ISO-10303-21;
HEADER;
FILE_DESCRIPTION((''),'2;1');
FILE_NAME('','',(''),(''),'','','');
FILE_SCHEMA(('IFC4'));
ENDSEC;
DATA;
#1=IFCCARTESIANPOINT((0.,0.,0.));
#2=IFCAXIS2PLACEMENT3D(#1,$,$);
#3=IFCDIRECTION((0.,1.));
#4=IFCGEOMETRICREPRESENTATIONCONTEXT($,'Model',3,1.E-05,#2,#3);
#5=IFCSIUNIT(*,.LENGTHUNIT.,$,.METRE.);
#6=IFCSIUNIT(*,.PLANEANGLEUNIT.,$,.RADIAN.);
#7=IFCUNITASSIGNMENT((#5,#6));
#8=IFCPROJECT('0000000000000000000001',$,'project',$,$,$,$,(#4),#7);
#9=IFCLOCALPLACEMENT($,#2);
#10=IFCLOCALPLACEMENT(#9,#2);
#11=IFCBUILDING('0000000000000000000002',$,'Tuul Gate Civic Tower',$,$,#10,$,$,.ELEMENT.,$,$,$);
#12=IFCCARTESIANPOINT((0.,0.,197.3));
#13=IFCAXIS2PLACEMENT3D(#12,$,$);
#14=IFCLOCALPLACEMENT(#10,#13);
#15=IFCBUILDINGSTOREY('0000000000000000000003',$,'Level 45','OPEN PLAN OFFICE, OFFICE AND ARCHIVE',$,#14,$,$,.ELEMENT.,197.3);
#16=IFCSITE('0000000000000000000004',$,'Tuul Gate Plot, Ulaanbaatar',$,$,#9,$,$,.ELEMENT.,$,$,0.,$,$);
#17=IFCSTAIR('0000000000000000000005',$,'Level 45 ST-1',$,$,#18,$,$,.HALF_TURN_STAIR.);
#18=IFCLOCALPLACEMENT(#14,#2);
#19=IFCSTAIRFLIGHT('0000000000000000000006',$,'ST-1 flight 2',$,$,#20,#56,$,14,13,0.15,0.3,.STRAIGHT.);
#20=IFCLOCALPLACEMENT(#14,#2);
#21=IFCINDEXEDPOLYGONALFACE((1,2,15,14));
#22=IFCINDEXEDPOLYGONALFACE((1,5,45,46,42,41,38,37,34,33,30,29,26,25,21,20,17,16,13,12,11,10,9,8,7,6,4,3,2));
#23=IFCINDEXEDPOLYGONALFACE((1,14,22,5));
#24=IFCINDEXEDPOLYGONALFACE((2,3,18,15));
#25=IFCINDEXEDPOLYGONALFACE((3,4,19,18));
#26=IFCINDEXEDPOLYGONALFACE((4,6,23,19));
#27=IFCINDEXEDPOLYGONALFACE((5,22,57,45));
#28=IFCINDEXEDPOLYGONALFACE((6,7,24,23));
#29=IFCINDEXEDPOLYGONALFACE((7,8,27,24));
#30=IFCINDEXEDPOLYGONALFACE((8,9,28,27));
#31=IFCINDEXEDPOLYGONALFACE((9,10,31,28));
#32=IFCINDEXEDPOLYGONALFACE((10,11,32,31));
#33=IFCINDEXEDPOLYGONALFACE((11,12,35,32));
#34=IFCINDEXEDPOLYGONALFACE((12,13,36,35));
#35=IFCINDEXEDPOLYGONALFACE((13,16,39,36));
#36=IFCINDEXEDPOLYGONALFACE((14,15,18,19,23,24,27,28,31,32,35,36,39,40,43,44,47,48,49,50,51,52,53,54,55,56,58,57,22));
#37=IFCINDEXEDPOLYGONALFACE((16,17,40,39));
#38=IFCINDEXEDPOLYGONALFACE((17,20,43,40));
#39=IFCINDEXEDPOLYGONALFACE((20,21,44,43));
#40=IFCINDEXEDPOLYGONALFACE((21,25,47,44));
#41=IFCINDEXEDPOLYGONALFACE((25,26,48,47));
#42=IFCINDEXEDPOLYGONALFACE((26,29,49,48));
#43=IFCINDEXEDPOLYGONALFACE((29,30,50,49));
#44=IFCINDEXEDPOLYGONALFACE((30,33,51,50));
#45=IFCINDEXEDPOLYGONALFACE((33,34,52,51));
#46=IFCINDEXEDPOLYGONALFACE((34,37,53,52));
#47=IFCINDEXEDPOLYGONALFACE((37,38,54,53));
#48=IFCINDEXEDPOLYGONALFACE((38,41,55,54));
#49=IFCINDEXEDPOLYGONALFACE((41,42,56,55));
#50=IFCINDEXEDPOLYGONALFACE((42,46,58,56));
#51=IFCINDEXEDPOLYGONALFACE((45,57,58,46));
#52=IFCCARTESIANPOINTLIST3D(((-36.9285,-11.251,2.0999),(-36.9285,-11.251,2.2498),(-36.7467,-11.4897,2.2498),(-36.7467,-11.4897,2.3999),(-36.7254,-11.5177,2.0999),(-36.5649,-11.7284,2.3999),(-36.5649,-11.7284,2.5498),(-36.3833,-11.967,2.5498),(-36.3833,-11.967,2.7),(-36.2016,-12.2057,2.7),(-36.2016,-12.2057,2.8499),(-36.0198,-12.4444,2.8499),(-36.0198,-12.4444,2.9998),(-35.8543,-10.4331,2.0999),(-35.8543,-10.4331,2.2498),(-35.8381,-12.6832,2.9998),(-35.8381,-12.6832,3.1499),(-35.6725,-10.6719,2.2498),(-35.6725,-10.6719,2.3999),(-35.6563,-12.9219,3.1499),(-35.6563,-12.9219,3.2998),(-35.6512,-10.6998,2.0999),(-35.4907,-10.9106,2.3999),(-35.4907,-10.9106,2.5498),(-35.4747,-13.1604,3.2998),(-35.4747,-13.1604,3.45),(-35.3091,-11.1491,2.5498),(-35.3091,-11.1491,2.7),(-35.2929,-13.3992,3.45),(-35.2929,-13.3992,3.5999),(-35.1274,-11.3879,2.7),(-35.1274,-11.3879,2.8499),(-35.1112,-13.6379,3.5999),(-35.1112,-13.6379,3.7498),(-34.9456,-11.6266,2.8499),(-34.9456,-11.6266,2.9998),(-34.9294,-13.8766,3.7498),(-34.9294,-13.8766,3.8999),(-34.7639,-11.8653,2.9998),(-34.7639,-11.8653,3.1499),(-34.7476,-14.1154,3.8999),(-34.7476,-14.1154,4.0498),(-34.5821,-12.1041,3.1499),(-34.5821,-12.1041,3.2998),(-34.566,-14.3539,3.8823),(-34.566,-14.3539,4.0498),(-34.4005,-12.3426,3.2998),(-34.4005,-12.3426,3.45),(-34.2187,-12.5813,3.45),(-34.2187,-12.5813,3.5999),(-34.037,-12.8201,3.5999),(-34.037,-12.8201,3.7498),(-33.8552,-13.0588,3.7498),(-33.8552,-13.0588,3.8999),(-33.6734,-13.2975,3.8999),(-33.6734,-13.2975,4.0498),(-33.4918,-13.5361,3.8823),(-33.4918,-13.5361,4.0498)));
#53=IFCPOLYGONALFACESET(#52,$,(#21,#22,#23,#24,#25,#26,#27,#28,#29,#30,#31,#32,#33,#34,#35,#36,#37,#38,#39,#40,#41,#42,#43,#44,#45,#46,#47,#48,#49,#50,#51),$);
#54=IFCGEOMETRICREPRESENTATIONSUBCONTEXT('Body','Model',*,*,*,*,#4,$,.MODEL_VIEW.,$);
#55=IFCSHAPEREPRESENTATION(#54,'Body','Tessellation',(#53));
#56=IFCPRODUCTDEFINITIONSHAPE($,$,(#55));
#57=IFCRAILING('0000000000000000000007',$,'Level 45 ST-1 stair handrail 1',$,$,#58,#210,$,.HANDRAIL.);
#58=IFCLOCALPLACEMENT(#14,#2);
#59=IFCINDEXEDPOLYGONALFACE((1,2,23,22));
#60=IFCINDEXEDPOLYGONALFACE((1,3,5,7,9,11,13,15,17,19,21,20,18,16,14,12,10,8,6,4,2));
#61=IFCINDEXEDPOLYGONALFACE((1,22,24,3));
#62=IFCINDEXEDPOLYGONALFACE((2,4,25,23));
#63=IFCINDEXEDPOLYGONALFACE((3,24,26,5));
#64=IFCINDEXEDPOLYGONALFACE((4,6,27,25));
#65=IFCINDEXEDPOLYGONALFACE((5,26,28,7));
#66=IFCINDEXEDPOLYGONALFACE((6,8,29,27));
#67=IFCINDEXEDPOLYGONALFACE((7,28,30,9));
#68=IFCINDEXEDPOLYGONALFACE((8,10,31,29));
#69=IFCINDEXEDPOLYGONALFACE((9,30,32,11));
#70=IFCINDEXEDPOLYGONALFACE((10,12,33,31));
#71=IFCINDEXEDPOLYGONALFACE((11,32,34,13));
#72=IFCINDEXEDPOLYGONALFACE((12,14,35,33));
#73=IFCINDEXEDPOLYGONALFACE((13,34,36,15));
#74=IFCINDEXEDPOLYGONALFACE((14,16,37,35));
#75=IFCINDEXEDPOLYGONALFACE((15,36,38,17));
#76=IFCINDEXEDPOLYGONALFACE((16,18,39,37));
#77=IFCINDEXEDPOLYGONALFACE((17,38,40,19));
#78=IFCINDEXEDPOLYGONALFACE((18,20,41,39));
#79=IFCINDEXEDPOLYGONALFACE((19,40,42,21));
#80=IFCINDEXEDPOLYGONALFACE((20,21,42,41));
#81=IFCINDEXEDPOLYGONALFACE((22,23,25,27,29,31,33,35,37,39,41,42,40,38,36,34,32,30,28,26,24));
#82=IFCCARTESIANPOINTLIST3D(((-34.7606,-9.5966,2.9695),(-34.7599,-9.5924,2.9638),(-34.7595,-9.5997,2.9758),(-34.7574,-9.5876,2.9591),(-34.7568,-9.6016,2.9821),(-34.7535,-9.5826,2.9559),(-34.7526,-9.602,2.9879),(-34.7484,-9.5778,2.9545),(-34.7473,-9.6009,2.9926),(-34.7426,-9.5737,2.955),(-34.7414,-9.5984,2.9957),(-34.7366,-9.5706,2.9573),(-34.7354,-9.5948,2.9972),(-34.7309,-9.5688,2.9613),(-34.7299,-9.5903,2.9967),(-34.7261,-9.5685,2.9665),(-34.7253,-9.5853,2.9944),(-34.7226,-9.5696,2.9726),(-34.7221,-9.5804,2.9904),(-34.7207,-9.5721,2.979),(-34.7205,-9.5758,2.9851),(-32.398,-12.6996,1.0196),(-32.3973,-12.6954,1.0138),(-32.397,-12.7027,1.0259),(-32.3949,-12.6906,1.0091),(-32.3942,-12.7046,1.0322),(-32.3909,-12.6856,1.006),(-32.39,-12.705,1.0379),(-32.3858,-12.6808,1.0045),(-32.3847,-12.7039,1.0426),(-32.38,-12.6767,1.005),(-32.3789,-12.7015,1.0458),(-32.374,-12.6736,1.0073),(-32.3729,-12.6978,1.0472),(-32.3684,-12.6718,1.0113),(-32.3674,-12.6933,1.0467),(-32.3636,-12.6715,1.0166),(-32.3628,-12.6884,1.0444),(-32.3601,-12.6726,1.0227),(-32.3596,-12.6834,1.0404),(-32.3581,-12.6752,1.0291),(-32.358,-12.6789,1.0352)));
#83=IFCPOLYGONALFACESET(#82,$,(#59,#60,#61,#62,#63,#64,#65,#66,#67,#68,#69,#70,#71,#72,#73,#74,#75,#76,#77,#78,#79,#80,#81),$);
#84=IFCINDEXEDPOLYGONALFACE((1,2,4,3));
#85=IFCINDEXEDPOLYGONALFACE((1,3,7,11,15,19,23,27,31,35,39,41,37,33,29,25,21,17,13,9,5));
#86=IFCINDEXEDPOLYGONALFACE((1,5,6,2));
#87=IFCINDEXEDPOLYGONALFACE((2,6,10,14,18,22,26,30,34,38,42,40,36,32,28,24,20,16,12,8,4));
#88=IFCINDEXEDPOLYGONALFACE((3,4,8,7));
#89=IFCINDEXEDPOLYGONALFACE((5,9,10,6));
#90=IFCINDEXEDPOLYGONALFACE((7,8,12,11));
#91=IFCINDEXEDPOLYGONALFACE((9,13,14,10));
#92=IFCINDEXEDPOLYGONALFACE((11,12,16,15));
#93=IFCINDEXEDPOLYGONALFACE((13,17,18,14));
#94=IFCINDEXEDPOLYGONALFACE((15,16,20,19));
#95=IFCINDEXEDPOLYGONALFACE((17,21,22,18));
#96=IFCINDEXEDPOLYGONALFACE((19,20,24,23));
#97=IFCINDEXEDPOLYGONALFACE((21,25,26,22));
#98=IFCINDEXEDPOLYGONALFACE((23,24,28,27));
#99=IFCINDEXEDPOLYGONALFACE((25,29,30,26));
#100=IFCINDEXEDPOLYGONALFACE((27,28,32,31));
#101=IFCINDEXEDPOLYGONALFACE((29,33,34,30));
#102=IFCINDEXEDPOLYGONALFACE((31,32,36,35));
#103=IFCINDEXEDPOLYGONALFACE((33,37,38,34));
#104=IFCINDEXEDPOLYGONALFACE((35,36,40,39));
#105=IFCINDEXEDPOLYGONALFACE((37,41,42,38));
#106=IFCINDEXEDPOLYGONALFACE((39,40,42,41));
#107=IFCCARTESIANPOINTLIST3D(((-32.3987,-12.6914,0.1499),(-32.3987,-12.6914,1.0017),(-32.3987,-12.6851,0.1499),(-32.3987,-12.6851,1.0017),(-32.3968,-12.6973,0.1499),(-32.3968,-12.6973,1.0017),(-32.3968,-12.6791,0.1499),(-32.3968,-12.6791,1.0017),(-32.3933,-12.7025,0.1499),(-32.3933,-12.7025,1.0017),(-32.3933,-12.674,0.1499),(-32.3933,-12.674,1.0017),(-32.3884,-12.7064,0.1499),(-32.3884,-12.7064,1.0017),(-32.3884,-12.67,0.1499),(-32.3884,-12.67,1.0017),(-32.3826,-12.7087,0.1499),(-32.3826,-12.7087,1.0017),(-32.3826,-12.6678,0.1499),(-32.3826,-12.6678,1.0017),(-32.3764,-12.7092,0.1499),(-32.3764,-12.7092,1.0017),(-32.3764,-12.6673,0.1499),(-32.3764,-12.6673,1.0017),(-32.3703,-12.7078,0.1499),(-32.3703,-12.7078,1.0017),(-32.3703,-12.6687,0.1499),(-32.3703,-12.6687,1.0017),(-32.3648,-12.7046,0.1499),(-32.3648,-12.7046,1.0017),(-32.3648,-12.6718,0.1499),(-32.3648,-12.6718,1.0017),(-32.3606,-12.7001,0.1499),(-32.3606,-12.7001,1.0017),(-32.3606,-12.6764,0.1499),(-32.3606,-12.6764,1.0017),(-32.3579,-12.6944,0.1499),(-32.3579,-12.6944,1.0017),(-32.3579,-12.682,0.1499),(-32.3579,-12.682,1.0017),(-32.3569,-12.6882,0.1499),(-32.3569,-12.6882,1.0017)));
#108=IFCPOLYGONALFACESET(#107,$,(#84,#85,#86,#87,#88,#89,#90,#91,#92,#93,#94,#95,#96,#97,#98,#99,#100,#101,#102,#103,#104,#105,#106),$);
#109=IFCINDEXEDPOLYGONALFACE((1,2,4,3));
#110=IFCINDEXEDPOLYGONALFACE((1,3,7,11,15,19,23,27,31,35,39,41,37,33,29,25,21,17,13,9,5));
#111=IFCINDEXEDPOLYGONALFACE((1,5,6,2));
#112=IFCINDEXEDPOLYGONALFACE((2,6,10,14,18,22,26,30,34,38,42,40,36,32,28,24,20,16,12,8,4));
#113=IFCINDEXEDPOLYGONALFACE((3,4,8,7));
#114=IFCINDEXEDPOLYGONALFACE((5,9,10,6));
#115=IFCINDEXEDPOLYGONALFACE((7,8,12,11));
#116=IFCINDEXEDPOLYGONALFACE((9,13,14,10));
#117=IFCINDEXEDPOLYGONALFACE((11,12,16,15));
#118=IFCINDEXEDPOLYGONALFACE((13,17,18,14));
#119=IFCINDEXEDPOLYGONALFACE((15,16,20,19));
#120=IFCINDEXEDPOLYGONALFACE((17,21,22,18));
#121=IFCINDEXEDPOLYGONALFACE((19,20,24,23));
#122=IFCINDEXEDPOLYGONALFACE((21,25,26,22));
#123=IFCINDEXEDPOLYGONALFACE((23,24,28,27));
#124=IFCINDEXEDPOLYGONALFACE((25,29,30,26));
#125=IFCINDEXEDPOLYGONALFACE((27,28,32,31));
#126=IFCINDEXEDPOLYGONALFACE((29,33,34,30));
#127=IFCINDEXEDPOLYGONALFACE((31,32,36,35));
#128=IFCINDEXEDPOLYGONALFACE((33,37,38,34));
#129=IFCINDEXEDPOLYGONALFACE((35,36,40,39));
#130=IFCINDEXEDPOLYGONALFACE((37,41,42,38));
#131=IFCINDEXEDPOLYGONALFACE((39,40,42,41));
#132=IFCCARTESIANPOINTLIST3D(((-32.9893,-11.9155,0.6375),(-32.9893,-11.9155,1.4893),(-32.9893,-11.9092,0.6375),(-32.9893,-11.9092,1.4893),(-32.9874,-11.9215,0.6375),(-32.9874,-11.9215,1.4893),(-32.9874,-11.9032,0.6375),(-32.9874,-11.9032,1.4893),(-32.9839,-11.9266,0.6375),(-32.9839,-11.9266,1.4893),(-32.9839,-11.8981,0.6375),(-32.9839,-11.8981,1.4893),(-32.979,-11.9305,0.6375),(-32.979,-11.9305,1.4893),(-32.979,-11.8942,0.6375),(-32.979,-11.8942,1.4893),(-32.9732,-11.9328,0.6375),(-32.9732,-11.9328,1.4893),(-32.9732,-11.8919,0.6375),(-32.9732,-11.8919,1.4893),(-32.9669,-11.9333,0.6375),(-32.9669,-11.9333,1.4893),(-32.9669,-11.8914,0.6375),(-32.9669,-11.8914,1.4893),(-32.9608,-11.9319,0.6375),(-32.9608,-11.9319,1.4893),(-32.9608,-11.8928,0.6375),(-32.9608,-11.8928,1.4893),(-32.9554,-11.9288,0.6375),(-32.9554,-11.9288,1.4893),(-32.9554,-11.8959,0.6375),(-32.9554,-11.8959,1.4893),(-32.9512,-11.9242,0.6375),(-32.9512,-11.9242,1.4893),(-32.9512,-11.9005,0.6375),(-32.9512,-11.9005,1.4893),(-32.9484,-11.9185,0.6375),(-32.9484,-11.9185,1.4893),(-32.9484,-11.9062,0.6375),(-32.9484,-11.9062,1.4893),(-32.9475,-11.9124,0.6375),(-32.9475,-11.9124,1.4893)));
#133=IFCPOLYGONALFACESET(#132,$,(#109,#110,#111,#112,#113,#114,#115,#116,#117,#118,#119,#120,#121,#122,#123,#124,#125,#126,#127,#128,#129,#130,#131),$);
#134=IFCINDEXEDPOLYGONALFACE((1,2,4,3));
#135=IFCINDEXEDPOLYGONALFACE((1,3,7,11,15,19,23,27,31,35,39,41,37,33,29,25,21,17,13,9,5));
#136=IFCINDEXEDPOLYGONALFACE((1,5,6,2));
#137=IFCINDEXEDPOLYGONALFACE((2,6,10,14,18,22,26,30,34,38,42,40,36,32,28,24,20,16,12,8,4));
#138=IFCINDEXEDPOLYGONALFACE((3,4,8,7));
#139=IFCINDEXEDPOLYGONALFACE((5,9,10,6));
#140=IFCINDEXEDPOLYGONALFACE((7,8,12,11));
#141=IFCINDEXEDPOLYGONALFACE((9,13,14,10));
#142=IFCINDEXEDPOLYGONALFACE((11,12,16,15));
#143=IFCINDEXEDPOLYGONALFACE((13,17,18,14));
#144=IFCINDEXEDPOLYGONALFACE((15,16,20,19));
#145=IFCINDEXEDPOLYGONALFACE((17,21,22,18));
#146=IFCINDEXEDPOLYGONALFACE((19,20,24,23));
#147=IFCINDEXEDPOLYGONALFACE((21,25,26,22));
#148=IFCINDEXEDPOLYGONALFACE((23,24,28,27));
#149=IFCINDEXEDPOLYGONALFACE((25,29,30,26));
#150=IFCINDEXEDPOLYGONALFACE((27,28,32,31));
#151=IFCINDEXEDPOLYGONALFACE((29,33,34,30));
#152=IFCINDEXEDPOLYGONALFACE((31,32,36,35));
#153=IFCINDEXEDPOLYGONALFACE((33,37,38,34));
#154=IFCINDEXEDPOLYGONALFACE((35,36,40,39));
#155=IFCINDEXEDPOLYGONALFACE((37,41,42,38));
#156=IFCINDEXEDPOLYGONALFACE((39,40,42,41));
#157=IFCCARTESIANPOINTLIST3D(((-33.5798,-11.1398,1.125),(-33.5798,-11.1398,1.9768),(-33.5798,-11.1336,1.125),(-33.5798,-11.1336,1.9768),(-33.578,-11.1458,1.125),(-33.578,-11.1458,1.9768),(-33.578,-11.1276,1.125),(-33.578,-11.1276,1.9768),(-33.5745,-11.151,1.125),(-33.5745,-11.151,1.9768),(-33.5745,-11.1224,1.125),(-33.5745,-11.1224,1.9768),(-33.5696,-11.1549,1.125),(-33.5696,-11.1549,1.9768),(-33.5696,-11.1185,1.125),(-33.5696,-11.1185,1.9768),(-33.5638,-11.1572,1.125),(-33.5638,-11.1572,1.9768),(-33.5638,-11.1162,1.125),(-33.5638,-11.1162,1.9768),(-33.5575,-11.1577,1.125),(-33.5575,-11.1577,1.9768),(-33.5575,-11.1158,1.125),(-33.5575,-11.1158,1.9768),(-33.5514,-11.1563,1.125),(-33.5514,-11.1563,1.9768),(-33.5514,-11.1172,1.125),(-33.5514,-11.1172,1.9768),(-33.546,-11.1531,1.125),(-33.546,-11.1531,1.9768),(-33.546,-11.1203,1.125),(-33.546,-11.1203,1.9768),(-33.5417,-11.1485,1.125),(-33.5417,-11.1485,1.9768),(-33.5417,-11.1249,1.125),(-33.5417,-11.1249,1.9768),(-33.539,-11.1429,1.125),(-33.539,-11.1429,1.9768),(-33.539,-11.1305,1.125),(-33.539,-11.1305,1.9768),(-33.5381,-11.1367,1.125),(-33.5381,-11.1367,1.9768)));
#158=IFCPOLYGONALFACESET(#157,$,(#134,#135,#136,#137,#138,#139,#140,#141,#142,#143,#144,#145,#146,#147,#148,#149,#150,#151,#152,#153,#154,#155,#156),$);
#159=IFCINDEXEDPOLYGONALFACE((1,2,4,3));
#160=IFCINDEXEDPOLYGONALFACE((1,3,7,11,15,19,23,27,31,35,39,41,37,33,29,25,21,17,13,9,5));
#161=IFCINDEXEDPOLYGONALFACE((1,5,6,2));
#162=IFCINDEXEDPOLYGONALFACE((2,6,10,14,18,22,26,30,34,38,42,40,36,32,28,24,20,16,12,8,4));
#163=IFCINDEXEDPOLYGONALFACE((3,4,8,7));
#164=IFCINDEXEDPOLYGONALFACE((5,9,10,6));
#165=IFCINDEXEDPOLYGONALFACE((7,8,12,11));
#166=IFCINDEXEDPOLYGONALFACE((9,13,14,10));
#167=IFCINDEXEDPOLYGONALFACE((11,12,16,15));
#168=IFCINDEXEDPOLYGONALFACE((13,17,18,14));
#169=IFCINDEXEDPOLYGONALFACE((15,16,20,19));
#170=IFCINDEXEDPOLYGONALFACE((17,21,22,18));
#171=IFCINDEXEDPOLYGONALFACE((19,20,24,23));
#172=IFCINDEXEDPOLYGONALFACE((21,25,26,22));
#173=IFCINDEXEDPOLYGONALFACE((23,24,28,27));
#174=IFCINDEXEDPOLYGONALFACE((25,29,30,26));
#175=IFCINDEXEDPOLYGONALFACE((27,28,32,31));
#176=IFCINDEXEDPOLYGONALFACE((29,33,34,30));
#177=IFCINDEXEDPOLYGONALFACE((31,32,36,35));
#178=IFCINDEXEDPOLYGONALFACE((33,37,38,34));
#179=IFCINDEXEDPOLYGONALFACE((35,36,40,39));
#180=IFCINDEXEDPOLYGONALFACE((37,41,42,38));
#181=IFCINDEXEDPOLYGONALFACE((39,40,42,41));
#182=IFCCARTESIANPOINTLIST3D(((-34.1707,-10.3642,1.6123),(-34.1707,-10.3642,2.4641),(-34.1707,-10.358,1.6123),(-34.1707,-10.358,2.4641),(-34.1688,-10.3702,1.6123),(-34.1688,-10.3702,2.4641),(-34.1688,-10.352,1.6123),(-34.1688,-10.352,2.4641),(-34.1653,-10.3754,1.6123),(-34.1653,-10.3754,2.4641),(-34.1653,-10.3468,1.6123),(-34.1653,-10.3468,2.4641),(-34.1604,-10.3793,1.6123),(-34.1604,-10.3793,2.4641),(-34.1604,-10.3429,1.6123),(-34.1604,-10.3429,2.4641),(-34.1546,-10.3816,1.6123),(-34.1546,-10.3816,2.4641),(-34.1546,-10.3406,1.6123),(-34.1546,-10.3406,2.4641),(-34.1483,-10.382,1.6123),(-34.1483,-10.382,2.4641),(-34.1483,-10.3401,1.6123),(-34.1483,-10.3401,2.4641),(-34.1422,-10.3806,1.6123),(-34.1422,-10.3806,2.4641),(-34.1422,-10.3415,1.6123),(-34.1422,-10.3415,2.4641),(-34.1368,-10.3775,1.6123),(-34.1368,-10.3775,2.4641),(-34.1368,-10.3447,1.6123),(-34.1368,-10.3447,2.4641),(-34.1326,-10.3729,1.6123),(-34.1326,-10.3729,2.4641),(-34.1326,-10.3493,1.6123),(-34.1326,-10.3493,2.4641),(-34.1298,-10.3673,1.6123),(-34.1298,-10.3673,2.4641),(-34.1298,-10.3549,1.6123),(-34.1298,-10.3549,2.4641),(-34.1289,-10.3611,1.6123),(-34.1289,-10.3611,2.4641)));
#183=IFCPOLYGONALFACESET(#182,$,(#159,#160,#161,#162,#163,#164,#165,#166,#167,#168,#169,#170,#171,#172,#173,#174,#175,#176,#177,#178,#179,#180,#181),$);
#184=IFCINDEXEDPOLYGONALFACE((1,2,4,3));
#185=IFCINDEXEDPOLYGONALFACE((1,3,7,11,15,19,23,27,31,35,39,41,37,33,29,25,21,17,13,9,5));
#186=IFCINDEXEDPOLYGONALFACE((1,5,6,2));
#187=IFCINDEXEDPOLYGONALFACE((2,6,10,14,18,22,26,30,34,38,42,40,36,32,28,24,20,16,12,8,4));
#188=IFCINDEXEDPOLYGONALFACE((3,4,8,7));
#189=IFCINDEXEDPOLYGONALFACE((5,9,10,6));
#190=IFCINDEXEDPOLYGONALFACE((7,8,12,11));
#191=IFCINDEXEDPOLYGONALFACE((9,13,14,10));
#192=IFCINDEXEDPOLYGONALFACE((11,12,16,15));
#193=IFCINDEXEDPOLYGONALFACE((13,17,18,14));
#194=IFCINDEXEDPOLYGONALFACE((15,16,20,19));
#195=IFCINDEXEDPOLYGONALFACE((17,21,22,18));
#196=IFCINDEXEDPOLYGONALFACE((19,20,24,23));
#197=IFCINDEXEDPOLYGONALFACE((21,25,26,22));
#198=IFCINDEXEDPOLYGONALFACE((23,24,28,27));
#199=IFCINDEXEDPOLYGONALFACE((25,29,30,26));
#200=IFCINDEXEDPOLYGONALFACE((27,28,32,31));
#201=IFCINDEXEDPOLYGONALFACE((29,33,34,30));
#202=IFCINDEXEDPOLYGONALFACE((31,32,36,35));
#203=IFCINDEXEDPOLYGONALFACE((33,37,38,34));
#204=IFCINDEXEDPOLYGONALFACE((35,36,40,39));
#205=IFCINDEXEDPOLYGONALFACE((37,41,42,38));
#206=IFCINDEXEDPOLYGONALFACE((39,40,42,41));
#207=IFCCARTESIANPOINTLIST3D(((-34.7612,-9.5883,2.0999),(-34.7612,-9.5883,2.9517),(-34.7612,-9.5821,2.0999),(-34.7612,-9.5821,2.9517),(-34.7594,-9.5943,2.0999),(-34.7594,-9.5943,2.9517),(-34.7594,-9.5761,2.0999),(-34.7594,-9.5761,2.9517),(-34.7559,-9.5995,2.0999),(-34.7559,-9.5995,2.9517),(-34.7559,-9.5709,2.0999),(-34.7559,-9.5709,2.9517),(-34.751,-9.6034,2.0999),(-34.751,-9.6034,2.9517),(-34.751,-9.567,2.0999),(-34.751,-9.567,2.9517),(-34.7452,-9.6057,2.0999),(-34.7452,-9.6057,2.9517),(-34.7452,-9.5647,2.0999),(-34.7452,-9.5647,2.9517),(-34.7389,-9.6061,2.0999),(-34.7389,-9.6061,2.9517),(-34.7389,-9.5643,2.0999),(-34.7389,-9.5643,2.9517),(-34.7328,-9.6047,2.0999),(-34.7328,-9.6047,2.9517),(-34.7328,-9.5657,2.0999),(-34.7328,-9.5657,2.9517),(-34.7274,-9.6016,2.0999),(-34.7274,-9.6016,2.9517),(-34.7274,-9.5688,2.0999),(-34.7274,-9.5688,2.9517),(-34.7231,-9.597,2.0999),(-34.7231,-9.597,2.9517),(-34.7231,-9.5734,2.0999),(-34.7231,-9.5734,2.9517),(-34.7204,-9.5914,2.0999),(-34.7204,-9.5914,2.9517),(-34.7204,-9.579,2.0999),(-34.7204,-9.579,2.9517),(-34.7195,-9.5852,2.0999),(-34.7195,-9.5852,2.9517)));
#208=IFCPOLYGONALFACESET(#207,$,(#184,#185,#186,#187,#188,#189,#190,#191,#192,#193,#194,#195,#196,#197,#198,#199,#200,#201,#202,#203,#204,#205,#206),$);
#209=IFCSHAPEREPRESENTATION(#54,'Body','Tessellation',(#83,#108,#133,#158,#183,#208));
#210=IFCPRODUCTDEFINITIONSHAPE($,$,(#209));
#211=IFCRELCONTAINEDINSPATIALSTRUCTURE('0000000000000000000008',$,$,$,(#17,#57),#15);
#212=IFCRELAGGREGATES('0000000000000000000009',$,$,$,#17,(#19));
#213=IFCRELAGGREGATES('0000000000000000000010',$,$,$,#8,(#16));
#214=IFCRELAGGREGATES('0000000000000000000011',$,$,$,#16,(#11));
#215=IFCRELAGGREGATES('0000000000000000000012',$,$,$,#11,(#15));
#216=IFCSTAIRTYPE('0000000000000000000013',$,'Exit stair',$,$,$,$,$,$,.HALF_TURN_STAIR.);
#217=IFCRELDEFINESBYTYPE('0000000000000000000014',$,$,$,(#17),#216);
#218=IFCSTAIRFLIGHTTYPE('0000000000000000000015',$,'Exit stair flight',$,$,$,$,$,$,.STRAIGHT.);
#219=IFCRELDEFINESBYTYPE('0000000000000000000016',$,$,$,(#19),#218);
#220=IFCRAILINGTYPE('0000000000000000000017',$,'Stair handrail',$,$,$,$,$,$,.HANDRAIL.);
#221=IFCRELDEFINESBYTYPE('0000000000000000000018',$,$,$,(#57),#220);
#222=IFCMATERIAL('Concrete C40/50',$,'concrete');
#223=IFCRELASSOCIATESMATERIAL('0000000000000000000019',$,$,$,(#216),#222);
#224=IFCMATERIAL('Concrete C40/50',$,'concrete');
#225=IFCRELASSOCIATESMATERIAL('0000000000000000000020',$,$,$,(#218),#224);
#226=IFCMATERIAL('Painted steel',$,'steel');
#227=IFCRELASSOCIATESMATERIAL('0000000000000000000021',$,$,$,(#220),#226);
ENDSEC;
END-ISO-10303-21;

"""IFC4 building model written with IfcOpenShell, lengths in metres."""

from ifc_helpers import new_model, si_unit, direction, frame, origin, origin_2d, place, context, subcontext, project, spatial, polyline, circle, outline, extrude, material, type_object, element, aggregate, save


model = new_model("IFC4")

# Units and contexts
model_context = context("Model", 3, precision=1e-05, world=origin(), true_north=direction((0.0, 1.0)))
body_context = subcontext(model_context, "Body", "Model", "MODEL_VIEW")
ifc_project = project(units=[si_unit("LENGTHUNIT", "METRE"), si_unit("PLANEANGLEUNIT", "RADIAN")], contexts=[model_context])

# Site, building, storey
site_placement = place(None, origin())
site = spatial("IfcSite", under=ifc_project, at=site_placement, Name="Tuul Gate Plot, Ulaanbaatar", CompositionType="ELEMENT", RefElevation=0.0)
building_placement = place(site_placement, origin())
building = spatial("IfcBuilding", under=site, at=building_placement, Name="Tuul Gate Civic Tower", CompositionType="ELEMENT")
storey_placement = place(building_placement, frame((0.0, 0.0, 197.3)))
storey = spatial("IfcBuildingStorey", under=building, at=storey_placement, Name="Level 45", Description="OPEN PLAN OFFICE, OFFICE AND ARCHIVE", CompositionType="ELEMENT", Elevation=197.3)

# Stair, stair flight
ifc_material_1 = material(Name="Concrete C40/50", Category="concrete")
stair_type = type_object("IfcStairType", Name="Exit stair", PredefinedType="HALF_TURN_STAIR", material=ifc_material_1)
stair_placement = place(storey_placement, origin())
stair = element("IfcStair", 1, at=stair_placement, inside=storey, type_object=stair_type, Name="Level 45 ST-1", PredefinedType="HALF_TURN_STAIR")
ifc_material_2 = material(Name="Concrete C40/50", Category="concrete")
stair_flight_type = type_object("IfcStairFlightType", Name="Exit stair flight", PredefinedType="STRAIGHT", material=ifc_material_2)
stair_flight_1_placement = place(storey_placement, frame((-36.3914, -10.842, 2.0999), z_axis=(0.0, 0.0, 1.0), x_axis=(0.605764, -0.795644, 0.0)))
stair_flight_1 = element("IfcStairFlight", 2, at=stair_flight_1_placement, type_object=stair_flight_type, Name="ST-1 flight 2", NumberOfRisers=14, NumberOfTreads=13, PredefinedType="STRAIGHT", RiserHeight=0.15, TreadLength=0.3, context=body_context, shape_type="SweptSolid", body=[
    extrude(outline(polyline([(0.0, 0.0), (0.0, 0.1499), (0.3, 0.1499), (0.3, 0.3), (0.6001, 0.3), (0.6001, 0.45), (0.8999, 0.45), (0.8999, 0.6001), (1.2, 0.6001), (1.2, 0.75), (1.5, 0.75), (1.5, 0.8999), (1.8, 0.8999), (1.8, 1.05), (2.1001, 1.05), (2.1001, 1.2), (2.3999, 1.2), (2.3999, 1.3501), (2.7, 1.3501), (2.7, 1.5), (3.0, 1.5), (3.0, 1.6499), (3.3, 1.6499), (3.3, 1.8), (3.6001, 1.8), (3.6001, 1.95), (3.8999, 1.95), (3.8999, 2.1001), (3.8999, 1.7825), (0.3352, 0.0), (0.0, 0.0)])), frame((0.0, 0.675, 0.0), z_axis=(0.0, -1.0, 0.0), x_axis=(1.0, 0.0, 0.0)), (0.0, 0.0, 1.0), 1.3501),
])
aggregate(stair, [stair_flight_1])

# Railing
ifc_material_3 = material(Name="Painted steel", Category="steel")
railing_type_1 = type_object("IfcRailingType", Name="Stair handrail", PredefinedType="HANDRAIL", material=ifc_material_3)
railing_1_placement = place(storey_placement, frame((-32.3779, -12.6882, 0.1499)))
element("IfcRailing", 3, at=railing_1_placement, inside=storey, type_object=railing_type_1, Name="Level 45 ST-1 stair handrail 1", PredefinedType="HANDRAIL", context=body_context, shape_type="SweptSolid", body=[
    extrude(circle(Radius=0.0239, at=origin_2d()), frame((0.0, 0.0, 0.876), z_axis=(-0.541824, 0.711645, 0.4472), x_axis=(-0.795637, -0.605773, 0.0)), (0.0, 0.0, 1.0), 4.3604),
    extrude(circle(Radius=0.021, at=origin_2d()), origin(), (0.0, 0.0, 1.0), 0.8518),
    extrude(circle(Radius=0.021, at=origin_2d()), frame((-0.5906, 0.7759, 0.4875)), (0.0, 0.0, 1.0), 0.8518),
    extrude(circle(Radius=0.021, at=origin_2d()), frame((-1.1812, 1.5515, 0.9751)), (0.0, 0.0, 1.0), 0.8518),
    extrude(circle(Radius=0.021, at=origin_2d()), frame((-1.772, 2.3271, 1.4624)), (0.0, 0.0, 1.0), 0.8518),
    extrude(circle(Radius=0.021, at=origin_2d()), frame((-2.3625, 3.103, 1.95)), (0.0, 0.0, 1.0), 0.8518),
])

save(model, "model.ifc")
